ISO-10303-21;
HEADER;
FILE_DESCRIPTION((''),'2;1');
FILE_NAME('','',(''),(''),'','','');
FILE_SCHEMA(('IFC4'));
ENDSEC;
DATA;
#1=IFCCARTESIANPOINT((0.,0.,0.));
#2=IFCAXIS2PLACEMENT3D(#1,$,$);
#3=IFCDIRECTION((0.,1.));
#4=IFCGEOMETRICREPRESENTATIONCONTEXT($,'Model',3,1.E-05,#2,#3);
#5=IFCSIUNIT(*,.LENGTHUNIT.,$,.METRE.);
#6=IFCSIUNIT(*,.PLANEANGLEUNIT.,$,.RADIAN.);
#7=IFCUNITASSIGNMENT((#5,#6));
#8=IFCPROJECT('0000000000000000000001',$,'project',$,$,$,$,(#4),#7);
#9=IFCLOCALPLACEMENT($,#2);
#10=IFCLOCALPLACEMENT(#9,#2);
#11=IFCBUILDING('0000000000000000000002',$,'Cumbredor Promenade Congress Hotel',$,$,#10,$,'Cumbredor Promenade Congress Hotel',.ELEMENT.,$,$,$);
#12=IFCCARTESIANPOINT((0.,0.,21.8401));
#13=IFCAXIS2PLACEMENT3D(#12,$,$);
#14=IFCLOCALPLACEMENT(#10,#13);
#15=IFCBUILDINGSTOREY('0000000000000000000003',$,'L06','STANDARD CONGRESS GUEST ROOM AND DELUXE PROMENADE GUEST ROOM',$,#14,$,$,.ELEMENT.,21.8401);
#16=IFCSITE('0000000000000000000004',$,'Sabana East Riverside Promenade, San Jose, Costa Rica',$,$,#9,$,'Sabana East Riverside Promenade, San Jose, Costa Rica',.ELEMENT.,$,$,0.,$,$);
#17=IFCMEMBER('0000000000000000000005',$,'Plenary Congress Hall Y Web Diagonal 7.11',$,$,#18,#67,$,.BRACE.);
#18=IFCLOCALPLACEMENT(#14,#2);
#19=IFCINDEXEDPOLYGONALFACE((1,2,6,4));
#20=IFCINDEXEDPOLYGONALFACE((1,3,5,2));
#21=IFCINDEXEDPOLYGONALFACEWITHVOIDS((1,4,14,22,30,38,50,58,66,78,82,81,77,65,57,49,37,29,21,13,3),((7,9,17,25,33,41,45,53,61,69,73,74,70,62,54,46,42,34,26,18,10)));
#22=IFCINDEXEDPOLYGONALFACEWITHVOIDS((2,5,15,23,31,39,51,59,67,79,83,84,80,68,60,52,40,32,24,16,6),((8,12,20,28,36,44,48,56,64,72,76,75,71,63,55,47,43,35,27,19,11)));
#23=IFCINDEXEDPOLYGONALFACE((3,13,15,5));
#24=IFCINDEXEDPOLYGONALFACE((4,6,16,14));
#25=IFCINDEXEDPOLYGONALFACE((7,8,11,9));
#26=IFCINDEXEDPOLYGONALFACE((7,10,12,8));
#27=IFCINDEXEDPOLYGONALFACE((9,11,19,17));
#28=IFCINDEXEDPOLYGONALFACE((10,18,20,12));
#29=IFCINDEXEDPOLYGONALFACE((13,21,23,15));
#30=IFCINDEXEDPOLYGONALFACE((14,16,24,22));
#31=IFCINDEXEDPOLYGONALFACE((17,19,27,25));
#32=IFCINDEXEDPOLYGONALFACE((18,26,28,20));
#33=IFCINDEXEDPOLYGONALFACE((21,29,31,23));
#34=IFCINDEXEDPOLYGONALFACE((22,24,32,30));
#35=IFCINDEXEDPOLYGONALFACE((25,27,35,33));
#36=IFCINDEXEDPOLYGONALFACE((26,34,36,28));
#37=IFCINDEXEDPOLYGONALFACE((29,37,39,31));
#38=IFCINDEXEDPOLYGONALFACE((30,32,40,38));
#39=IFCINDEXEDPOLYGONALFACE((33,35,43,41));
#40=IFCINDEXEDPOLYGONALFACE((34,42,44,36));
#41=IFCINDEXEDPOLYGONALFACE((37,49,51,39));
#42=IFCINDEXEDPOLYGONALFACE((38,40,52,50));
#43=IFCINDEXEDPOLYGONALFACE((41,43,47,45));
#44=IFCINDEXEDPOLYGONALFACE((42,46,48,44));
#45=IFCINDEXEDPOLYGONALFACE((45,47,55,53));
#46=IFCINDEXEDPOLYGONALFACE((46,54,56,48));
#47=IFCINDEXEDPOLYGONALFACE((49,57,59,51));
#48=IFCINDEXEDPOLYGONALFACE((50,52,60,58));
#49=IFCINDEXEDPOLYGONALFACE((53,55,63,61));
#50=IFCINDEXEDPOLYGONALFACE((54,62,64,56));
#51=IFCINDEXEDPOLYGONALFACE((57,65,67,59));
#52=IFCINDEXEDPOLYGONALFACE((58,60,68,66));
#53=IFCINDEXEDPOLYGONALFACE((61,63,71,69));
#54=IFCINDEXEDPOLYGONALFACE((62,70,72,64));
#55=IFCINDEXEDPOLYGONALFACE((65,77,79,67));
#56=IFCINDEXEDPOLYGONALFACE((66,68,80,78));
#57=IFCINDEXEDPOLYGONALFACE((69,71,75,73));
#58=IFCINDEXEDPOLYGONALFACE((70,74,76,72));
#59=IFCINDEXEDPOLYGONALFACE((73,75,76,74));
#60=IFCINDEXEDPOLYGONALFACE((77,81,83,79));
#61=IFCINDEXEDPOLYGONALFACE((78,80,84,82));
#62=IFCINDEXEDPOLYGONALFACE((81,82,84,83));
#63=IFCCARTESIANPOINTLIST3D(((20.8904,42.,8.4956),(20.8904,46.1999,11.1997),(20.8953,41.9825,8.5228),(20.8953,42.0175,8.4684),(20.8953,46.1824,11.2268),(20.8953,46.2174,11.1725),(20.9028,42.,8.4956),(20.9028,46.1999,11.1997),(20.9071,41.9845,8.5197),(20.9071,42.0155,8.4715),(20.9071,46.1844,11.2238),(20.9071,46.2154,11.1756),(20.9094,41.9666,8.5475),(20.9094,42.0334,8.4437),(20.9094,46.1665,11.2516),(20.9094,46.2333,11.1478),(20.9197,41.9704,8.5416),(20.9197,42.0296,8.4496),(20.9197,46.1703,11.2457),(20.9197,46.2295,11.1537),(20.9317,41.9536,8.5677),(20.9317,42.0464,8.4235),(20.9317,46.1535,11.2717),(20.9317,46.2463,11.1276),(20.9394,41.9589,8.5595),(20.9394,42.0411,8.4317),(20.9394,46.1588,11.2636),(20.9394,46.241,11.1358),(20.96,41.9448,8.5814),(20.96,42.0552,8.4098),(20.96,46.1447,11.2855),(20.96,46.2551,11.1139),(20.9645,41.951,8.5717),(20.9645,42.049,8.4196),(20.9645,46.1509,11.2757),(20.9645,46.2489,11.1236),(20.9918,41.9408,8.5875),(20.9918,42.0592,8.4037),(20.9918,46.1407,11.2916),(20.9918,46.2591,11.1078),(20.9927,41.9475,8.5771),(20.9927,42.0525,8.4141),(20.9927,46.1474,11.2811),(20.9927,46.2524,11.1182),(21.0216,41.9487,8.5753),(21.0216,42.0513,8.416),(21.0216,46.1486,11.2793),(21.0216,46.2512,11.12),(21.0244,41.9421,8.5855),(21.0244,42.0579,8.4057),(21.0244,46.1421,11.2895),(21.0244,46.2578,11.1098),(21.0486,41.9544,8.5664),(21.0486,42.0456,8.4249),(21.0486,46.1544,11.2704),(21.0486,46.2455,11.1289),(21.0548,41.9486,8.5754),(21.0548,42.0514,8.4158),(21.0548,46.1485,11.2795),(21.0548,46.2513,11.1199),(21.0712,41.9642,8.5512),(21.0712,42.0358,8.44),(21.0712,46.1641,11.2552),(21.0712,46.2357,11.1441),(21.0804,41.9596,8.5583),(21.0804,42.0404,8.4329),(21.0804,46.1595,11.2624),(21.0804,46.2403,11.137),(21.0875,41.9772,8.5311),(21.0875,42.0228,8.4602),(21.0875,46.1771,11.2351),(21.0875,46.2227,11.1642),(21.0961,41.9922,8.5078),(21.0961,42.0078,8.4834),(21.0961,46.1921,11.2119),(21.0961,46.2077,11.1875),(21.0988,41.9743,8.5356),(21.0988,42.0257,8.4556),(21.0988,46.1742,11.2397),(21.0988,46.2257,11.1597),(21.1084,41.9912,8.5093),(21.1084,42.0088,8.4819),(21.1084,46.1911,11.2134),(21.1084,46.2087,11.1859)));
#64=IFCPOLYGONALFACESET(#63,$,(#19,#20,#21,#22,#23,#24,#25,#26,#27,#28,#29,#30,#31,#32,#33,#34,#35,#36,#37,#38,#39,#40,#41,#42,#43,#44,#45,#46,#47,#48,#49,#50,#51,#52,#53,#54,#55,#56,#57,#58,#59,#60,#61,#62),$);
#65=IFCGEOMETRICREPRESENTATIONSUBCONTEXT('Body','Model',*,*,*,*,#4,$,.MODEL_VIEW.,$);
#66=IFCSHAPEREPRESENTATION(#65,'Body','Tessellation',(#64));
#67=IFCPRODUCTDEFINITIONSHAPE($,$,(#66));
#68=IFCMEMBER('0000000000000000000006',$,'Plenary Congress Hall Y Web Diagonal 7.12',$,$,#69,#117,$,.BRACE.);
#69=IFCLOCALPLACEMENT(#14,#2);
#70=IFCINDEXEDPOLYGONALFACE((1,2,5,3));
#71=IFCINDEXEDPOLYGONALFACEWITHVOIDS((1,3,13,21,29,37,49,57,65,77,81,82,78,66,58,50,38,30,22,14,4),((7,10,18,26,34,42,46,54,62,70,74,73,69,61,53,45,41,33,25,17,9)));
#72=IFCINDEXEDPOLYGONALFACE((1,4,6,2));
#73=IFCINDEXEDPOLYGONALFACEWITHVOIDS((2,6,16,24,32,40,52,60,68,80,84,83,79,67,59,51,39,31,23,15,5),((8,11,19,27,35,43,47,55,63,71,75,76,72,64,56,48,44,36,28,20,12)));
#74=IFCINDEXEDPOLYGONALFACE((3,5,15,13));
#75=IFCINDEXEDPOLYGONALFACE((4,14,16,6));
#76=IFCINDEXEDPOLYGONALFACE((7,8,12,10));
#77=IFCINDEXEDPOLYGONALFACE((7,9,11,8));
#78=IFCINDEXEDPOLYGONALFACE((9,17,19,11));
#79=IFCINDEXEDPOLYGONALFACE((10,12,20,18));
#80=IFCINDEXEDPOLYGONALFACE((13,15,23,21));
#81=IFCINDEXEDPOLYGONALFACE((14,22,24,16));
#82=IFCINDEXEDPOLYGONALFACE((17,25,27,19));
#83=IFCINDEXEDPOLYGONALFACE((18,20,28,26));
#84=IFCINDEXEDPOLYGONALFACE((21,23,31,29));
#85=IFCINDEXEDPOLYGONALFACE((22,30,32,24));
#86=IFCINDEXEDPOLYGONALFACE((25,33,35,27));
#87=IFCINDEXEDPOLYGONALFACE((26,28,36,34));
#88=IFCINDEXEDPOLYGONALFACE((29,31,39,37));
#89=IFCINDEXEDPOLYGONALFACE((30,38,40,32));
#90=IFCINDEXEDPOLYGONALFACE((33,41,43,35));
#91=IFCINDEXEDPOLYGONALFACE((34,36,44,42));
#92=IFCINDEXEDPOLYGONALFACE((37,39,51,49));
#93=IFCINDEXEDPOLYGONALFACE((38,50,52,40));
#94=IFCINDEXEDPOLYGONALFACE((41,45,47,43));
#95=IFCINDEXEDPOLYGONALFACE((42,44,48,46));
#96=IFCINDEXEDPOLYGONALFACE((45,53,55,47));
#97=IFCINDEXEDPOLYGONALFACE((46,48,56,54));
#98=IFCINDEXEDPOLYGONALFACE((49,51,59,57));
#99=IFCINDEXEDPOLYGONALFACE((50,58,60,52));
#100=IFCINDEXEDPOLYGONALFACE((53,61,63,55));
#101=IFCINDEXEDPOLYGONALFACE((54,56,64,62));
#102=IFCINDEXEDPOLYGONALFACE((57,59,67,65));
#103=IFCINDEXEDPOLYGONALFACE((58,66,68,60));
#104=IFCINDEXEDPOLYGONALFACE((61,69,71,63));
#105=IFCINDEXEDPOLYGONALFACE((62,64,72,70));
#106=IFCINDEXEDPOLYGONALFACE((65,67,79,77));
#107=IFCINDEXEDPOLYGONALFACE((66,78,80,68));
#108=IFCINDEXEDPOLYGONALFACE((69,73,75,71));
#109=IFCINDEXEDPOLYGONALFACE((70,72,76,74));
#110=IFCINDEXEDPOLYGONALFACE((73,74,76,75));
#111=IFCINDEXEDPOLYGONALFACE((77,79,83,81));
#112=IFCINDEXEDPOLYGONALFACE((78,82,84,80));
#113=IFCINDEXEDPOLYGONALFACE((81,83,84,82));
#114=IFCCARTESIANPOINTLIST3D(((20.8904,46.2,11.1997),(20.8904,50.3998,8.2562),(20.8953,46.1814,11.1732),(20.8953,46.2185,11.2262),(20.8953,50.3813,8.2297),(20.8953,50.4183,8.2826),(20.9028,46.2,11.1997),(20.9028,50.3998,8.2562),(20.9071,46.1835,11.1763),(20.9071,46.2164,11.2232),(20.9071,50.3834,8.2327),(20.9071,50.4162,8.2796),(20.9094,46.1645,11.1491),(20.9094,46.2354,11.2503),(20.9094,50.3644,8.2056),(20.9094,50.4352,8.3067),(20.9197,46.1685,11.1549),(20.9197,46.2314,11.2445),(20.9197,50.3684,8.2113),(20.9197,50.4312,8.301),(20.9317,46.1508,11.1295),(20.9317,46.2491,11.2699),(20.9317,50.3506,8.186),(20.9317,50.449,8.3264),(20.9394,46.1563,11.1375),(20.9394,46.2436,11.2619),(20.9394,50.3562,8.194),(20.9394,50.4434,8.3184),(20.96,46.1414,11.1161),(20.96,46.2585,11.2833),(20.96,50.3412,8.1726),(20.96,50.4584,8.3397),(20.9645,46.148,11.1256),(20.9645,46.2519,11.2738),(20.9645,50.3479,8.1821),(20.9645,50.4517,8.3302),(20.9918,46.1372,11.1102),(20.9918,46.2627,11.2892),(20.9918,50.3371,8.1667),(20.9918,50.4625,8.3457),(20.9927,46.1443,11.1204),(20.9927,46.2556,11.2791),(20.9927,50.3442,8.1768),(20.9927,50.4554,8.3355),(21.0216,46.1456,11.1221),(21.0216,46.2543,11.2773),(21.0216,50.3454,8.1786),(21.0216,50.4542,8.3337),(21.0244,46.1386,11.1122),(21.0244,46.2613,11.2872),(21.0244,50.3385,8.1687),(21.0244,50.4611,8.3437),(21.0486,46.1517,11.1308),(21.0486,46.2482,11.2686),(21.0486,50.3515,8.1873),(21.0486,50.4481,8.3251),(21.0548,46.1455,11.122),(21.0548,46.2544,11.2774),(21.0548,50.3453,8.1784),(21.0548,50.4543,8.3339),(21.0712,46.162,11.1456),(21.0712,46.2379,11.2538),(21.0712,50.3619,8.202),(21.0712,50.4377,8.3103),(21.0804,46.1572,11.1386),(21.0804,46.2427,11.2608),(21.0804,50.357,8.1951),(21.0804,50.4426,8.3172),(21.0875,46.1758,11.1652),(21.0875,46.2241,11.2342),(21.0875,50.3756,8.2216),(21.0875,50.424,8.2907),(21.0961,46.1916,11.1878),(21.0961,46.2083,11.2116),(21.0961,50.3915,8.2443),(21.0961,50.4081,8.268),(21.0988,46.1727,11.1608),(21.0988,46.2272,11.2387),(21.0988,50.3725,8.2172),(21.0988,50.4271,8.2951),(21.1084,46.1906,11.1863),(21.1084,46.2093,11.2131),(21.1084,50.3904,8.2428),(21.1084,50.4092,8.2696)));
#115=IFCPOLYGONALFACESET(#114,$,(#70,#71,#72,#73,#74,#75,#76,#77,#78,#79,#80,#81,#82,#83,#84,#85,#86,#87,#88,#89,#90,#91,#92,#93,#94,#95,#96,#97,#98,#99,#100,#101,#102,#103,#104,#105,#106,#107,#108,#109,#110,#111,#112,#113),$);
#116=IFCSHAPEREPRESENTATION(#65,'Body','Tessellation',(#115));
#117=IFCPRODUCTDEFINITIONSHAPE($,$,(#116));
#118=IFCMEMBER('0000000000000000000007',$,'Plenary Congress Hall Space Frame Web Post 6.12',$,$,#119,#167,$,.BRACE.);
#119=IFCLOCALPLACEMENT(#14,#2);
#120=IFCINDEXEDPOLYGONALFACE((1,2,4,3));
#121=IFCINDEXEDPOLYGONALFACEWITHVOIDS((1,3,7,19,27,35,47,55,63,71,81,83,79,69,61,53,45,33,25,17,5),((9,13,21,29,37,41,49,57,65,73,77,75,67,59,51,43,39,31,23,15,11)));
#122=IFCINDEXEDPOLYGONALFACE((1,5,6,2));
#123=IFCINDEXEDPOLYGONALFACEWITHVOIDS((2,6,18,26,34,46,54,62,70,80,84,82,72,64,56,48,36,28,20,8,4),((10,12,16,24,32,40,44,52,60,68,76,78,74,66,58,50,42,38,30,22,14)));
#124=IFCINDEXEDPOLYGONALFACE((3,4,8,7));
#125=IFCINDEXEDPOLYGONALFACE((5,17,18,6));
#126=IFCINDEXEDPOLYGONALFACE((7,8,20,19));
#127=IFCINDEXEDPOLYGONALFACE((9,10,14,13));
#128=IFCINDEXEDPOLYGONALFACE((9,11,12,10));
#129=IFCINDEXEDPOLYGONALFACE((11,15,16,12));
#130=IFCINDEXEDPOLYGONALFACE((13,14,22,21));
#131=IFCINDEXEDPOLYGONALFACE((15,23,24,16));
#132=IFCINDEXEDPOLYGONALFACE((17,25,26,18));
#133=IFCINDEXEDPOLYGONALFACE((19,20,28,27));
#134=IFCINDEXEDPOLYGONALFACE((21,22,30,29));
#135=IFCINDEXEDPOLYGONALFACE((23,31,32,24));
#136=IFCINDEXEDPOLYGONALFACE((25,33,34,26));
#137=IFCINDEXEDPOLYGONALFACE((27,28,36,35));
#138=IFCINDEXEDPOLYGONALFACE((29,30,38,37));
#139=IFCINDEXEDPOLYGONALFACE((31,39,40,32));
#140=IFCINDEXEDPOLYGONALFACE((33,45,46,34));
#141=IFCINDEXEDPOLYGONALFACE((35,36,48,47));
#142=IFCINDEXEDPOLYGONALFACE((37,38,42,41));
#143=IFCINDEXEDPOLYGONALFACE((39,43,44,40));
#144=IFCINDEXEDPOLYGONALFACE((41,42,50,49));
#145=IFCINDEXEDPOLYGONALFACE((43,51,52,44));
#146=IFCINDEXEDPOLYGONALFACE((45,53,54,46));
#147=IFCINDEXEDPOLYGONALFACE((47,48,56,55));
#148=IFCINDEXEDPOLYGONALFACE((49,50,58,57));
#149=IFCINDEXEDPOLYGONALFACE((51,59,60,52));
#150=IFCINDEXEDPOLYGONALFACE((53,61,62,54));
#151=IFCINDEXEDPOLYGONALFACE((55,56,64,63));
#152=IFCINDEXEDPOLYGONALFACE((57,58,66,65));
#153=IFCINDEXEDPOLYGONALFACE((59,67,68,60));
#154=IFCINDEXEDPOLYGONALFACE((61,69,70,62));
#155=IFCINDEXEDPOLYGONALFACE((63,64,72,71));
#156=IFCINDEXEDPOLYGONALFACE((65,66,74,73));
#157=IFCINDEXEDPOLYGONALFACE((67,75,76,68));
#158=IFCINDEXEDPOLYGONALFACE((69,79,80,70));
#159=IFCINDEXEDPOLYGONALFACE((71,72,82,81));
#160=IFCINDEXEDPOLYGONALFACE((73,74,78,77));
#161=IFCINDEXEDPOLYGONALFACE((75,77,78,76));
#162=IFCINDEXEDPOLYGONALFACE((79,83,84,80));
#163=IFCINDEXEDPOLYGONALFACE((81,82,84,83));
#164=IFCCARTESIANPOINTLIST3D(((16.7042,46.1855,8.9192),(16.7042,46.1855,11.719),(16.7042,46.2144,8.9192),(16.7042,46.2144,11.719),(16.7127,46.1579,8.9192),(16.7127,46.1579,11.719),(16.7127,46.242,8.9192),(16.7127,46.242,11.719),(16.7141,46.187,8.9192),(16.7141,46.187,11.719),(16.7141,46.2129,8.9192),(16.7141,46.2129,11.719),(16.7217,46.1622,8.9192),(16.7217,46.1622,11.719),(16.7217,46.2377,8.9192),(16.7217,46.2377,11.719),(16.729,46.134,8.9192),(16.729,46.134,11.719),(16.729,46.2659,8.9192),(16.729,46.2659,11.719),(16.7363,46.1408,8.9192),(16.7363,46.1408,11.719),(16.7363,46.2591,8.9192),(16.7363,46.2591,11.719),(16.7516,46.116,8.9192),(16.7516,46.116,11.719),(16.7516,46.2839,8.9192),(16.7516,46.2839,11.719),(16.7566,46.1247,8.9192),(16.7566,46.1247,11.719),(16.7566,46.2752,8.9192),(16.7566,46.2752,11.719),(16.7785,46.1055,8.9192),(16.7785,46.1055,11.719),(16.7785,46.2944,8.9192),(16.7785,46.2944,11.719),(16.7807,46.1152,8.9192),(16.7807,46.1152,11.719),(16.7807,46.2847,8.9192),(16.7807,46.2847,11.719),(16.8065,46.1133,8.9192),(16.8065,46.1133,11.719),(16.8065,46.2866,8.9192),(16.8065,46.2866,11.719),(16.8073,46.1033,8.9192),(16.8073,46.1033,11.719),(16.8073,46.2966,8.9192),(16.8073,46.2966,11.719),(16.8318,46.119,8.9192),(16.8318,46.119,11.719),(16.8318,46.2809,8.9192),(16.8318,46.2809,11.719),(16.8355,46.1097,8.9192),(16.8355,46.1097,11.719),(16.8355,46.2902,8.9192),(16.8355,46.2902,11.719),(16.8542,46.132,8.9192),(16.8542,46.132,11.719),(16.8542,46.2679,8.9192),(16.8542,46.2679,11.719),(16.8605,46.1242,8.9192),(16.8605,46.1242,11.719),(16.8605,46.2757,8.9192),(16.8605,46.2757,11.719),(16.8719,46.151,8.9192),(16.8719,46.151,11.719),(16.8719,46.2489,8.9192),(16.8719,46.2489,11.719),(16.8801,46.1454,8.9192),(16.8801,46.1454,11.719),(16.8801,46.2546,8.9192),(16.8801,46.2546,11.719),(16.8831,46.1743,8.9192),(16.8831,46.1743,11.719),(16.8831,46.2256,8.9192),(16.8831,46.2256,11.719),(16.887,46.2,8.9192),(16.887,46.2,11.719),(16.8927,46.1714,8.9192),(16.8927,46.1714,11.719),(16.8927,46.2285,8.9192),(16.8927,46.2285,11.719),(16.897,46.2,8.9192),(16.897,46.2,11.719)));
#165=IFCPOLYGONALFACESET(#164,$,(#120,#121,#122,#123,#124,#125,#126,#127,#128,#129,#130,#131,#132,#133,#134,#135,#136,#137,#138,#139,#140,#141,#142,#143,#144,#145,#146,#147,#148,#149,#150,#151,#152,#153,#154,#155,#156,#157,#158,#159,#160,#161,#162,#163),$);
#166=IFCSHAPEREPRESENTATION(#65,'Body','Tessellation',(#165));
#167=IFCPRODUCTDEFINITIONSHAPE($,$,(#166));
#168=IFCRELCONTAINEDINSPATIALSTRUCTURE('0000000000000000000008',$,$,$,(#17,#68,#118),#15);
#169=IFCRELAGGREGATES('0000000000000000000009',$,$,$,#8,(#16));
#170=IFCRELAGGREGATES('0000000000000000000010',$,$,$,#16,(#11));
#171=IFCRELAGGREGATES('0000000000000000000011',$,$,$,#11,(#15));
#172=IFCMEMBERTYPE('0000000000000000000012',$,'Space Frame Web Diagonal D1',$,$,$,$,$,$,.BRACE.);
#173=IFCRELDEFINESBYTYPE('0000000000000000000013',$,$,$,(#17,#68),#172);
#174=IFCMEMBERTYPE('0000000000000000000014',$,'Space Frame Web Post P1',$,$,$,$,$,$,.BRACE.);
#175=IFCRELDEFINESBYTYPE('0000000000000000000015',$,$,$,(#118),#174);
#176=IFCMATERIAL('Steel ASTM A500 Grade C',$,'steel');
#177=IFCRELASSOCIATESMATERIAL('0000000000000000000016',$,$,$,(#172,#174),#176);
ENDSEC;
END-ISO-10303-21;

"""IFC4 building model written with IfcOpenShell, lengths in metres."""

from ifc_helpers import new_model, si_unit, direction, frame, origin, origin_2d, place, context, subcontext, project, spatial, hollow_circle, extrude, material, material_profile, profile_set, type_object, element, save


model = new_model("IFC4")

# Units and contexts
model_context = context("Model", 3, precision=1e-05, world=origin(), true_north=direction((0.0, 1.0)))
body_context = subcontext(model_context, "Body", "Model", "MODEL_VIEW")
ifc_project = project(units=[si_unit("LENGTHUNIT", "METRE"), si_unit("PLANEANGLEUNIT", "RADIAN")], contexts=[model_context])

# Site, building, storey
site_placement = place(None, origin())
site = spatial("IfcSite", under=ifc_project, at=site_placement, Name="Sabana East Riverside Promenade, San Jose, Costa Rica", LongName="Sabana East Riverside Promenade, San Jose, Costa Rica", CompositionType="ELEMENT", RefElevation=0.0)
building_placement = place(site_placement, origin())
building = spatial("IfcBuilding", under=site, at=building_placement, Name="Cumbredor Promenade Congress Hotel", LongName="Cumbredor Promenade Congress Hotel", CompositionType="ELEMENT")
storey_placement = place(building_placement, frame((0.0, 0.0, 21.8401)))
storey = spatial("IfcBuildingStorey", under=building, at=storey_placement, Name="L06", Description="STANDARD CONGRESS GUEST ROOM AND DELUXE PROMENADE GUEST ROOM", CompositionType="ELEMENT", Elevation=21.8401)

# Members
ifc_material_1 = material(Name="Steel ASTM A500 Grade C", Category="steel")
ifc_material_profile_1 = material_profile(ifc_material_1, hollow_circle(Radius=0.1096, WallThickness=0.0125, at=origin_2d()), Name="CHS 219.1x12.5")
ifc_profile_set_1 = profile_set([ifc_material_profile_1], Name="Steel ASTM A500 Grade C")
member_type_1 = type_object("IfcMemberType", Name="Space Frame Web Diagonal D1", PredefinedType="BRACE", material=ifc_profile_set_1)
member_1_placement = place(storey_placement, frame((21.0, 42.0, 8.4956), z_axis=(0.0, 0.840802, 0.541343), x_axis=(-1.0, 0.0, 0.0)))
element("IfcMember", 1, at=member_1_placement, inside=storey, type_object=member_type_1, Name="Plenary Congress Hall Y Web Diagonal 7.11", PredefinedType="BRACE", context=body_context, shape_type="SweptSolid", body=[
    extrude(hollow_circle(Radius=0.1096, WallThickness=0.0125, at=origin_2d()), origin(), (0.0, 0.0, 1.0), 4.9951),
])
member_2_placement = place(storey_placement, frame((21.0, 46.2, 11.1997), z_axis=(0.0, 0.818899, -0.573938), x_axis=(-1.0, 0.0, 0.0)))
element("IfcMember", 2, at=member_2_placement, inside=storey, type_object=member_type_1, Name="Plenary Congress Hall Y Web Diagonal 7.12", PredefinedType="BRACE", context=body_context, shape_type="SweptSolid", body=[
    extrude(hollow_circle(Radius=0.1096, WallThickness=0.0125, at=origin_2d()), origin(), (0.0, 0.0, 1.0), 5.1287),
])
ifc_material_profile_2 = material_profile(ifc_material_1, hollow_circle(Radius=0.0969, WallThickness=0.01, at=origin_2d()), Name="CHS 193.7x10")
ifc_profile_set_2 = profile_set([ifc_material_profile_2], Name="Steel ASTM A500 Grade C")
member_type_2 = type_object("IfcMemberType", Name="Space Frame Web Post P1", PredefinedType="BRACE", material=ifc_profile_set_2)
member_3_placement = place(storey_placement, frame((16.8, 46.2, 8.9192), z_axis=(0.0, 0.0, 1.0), x_axis=(1.0, 0.0, 0.0)))
element("IfcMember", 3, at=member_3_placement, inside=storey, type_object=member_type_2, Name="Plenary Congress Hall Space Frame Web Post 6.12", PredefinedType="BRACE", context=body_context, shape_type="SweptSolid", body=[
    extrude(hollow_circle(Radius=0.0969, WallThickness=0.01, at=origin_2d()), origin(), (0.0, 0.0, 1.0), 2.7998),
])

save(model, "model.ifc")
